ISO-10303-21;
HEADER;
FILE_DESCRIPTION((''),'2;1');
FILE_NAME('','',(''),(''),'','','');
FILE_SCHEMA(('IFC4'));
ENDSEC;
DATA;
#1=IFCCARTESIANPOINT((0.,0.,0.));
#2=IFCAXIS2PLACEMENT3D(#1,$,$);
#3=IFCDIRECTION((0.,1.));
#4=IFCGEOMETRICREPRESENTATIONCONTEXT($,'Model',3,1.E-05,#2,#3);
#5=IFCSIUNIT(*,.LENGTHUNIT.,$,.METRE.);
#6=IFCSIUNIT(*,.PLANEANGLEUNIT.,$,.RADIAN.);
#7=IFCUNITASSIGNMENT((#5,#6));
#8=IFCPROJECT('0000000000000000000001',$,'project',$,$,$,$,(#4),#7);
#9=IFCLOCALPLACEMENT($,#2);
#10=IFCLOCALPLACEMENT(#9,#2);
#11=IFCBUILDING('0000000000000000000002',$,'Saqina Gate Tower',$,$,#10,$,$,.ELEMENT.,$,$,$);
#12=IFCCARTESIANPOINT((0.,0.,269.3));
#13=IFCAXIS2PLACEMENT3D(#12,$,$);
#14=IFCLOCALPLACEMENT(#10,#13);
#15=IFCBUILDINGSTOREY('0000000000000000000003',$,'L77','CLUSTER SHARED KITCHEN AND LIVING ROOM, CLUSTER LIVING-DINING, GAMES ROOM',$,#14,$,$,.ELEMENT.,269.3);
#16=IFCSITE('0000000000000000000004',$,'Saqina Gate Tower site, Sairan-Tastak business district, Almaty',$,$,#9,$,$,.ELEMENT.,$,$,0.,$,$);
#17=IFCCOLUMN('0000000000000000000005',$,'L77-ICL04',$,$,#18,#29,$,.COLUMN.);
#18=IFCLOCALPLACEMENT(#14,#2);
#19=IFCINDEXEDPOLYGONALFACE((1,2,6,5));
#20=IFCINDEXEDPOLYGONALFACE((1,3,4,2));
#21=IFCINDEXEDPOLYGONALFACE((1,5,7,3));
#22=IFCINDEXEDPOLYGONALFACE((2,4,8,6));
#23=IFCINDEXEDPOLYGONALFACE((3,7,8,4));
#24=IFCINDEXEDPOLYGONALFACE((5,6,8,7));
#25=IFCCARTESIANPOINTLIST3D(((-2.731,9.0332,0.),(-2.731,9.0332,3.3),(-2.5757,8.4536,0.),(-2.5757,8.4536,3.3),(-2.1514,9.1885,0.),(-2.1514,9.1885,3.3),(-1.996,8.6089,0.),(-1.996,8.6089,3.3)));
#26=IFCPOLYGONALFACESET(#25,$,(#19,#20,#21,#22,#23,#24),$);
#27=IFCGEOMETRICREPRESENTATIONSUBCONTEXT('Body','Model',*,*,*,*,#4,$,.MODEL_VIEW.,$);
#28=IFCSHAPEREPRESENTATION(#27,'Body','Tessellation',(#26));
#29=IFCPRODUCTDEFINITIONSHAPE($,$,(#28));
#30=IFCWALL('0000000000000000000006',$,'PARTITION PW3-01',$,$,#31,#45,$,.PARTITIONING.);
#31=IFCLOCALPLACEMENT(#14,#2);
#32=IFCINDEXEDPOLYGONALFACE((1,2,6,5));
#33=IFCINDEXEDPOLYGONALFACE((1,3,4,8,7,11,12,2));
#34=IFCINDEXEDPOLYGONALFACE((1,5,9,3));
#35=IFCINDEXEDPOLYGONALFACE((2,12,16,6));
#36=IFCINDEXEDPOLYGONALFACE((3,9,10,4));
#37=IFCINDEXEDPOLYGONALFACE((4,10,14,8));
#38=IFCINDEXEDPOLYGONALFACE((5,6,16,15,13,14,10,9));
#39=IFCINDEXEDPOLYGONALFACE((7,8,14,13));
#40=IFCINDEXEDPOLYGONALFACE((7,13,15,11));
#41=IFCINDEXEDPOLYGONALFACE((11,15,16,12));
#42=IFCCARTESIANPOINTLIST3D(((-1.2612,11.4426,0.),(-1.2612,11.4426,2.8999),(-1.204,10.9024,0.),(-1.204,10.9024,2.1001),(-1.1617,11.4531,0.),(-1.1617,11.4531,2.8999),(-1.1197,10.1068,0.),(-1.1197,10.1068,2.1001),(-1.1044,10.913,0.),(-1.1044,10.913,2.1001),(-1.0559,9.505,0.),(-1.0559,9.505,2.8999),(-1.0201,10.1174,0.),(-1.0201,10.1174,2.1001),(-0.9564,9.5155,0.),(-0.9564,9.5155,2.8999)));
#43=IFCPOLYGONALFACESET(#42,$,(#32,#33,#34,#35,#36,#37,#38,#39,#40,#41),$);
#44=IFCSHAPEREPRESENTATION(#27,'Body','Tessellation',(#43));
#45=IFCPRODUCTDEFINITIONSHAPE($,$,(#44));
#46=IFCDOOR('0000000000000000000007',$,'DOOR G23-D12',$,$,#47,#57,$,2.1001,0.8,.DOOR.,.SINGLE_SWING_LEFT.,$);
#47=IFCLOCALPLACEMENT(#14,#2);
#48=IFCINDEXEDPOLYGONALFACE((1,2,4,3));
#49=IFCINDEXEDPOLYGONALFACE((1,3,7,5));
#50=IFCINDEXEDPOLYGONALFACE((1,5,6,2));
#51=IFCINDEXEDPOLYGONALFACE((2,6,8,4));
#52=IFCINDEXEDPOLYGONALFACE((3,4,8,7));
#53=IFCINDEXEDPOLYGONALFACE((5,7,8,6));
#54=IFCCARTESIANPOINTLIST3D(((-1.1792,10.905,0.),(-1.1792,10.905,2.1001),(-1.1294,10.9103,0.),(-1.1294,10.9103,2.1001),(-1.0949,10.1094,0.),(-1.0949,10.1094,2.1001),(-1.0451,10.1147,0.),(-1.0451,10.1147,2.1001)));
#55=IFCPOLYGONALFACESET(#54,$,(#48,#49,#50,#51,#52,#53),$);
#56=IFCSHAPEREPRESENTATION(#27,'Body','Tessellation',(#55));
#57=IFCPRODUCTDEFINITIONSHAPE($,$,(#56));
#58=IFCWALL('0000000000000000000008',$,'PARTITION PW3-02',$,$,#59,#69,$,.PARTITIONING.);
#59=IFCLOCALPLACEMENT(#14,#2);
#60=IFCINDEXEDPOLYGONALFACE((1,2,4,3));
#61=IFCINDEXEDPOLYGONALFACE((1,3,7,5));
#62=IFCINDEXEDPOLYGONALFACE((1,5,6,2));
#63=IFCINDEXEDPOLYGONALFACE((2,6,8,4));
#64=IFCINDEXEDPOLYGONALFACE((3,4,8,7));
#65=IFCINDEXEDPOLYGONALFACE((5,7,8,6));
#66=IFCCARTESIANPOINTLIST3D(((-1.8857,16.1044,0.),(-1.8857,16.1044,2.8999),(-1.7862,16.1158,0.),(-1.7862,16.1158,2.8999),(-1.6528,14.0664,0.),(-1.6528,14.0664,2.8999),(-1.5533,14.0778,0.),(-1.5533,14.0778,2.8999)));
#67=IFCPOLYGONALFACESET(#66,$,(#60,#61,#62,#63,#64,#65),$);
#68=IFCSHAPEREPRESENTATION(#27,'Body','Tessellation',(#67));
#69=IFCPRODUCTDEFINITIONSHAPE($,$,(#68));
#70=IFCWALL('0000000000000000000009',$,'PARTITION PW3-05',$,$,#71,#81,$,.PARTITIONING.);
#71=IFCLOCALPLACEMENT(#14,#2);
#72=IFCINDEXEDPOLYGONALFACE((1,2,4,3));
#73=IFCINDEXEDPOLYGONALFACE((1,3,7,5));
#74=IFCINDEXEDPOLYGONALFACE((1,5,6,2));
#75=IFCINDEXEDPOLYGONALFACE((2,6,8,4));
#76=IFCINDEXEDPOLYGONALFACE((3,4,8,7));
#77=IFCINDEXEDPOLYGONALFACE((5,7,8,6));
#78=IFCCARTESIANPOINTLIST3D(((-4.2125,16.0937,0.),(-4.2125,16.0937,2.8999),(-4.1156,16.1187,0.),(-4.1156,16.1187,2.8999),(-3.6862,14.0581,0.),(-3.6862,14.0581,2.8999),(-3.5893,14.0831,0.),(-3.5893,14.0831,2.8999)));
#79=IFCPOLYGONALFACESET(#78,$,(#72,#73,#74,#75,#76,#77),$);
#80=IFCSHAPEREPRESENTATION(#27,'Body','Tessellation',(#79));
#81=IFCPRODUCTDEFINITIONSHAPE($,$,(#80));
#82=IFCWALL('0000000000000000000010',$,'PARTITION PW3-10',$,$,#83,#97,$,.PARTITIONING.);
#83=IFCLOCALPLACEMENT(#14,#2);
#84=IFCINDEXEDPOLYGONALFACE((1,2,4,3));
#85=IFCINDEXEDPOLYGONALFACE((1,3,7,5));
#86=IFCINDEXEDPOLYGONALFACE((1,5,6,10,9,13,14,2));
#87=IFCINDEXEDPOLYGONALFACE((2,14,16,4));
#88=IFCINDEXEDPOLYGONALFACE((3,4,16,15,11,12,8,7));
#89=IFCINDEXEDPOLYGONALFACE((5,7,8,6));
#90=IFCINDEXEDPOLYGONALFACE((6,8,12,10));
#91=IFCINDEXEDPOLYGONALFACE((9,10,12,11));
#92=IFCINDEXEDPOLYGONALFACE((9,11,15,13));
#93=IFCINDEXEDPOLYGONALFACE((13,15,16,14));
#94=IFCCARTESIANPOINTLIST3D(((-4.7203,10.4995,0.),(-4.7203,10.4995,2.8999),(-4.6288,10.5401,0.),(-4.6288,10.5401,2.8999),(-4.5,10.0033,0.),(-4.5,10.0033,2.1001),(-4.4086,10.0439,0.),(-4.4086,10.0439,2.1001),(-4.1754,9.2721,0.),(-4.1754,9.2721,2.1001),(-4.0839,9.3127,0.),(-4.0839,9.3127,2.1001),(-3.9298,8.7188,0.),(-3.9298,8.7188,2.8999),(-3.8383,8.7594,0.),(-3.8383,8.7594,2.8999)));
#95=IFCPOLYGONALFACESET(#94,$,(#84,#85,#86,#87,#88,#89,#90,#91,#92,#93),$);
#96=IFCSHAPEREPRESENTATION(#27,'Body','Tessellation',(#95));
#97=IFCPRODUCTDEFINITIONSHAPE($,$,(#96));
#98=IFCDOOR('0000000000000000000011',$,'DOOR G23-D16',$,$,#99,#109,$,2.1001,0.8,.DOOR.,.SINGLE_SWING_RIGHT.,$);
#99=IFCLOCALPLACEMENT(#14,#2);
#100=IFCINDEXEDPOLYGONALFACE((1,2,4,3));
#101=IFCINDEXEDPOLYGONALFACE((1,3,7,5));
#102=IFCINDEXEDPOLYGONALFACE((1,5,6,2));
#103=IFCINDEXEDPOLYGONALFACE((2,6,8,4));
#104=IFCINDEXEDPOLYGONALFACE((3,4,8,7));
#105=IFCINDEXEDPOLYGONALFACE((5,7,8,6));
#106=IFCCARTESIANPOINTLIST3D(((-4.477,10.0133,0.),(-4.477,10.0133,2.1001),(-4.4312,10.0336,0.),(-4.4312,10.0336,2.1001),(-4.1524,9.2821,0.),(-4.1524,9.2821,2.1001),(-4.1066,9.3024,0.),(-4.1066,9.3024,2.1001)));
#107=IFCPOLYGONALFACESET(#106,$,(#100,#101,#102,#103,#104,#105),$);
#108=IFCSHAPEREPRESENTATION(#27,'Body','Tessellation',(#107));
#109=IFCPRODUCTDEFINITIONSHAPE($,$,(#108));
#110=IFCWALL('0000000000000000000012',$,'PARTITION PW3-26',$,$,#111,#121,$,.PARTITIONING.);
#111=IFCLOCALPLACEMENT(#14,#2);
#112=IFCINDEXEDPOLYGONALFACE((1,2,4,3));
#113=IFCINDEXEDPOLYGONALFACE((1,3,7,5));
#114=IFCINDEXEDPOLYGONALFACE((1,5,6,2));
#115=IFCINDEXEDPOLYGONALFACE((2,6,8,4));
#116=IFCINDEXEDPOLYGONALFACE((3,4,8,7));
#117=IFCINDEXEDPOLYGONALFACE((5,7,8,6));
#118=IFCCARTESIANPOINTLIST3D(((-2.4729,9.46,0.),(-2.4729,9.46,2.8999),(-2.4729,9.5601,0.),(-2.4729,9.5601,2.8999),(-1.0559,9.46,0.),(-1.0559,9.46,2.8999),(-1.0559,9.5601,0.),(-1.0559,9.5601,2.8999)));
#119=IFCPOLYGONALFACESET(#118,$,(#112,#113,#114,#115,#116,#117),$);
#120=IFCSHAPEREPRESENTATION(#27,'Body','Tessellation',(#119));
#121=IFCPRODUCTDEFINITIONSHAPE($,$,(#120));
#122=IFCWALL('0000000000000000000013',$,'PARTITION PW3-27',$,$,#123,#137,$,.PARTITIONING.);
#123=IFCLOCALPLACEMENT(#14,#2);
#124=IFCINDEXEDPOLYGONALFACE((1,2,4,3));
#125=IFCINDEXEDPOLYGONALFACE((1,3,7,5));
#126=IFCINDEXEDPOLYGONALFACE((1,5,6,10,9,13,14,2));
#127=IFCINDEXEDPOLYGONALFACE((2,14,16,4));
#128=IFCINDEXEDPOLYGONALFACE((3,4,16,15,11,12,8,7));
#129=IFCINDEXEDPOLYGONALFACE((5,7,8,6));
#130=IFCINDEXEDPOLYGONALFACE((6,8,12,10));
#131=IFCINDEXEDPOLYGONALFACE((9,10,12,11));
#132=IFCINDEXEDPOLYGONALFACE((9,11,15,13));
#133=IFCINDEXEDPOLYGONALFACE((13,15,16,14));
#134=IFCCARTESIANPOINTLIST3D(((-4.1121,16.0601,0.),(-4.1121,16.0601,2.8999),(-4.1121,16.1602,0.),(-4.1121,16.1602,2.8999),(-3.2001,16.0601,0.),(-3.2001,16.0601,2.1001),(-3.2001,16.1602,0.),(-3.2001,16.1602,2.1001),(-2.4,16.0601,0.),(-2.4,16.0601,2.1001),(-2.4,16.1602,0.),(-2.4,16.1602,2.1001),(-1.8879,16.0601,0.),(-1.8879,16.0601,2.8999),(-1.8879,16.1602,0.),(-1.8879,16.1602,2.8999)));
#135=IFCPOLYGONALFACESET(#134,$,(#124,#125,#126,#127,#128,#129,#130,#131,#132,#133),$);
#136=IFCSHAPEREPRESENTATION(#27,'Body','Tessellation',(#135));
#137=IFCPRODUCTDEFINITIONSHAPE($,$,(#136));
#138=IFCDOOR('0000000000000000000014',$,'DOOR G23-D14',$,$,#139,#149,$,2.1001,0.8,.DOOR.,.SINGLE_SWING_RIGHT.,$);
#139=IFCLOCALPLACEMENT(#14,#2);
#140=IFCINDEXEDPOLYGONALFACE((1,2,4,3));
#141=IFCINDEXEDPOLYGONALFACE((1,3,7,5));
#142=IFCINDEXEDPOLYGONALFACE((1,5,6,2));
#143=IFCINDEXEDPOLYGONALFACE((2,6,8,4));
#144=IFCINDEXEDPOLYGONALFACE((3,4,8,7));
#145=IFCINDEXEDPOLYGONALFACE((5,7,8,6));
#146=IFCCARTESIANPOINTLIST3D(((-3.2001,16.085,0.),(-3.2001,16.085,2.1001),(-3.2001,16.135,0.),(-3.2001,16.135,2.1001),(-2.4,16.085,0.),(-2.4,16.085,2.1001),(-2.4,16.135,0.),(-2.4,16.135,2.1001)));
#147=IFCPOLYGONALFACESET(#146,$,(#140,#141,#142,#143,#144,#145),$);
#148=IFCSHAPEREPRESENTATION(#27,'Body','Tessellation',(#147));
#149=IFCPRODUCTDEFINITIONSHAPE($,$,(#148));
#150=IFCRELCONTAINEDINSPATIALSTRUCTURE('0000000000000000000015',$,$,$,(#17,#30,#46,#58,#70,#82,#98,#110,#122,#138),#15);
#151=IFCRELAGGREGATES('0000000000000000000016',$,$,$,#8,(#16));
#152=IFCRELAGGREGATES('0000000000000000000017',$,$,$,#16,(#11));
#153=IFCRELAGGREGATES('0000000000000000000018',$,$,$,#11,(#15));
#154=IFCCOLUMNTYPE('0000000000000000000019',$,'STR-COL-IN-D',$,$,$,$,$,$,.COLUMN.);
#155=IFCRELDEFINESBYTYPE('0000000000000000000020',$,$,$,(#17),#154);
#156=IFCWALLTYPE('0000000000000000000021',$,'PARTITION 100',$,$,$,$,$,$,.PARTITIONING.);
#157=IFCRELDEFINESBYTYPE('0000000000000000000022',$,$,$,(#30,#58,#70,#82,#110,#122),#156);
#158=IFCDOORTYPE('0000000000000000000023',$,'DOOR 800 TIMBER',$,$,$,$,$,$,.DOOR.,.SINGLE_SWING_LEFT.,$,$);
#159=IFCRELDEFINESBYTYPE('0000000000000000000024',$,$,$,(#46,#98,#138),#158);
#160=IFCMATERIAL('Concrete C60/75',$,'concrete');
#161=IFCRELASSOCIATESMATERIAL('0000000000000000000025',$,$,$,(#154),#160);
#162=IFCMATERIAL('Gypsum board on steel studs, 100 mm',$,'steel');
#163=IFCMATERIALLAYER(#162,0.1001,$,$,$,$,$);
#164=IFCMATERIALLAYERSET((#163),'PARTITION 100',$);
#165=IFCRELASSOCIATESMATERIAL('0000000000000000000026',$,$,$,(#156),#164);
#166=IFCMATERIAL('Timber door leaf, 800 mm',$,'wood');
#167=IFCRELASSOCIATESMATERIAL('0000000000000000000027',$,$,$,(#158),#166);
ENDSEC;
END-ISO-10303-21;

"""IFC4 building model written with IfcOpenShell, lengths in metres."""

from ifc_helpers import new_model, si_unit, direction, frame, frame_2d, origin, origin_2d, place, context, subcontext, project, spatial, rectangle, extrude, material, layer, layer_set, material_profile, profile_set, type_object, element, fill, save


model = new_model("IFC4")

# Units and contexts
model_context = context("Model", 3, precision=1e-05, world=origin(), true_north=direction((0.0, 1.0)))
body_context = subcontext(model_context, "Body", "Model", "MODEL_VIEW")
ifc_project = project(units=[si_unit("LENGTHUNIT", "METRE"), si_unit("PLANEANGLEUNIT", "RADIAN")], contexts=[model_context])

# Site, building, storey
site_placement = place(None, origin())
site = spatial("IfcSite", under=ifc_project, at=site_placement, Name="Saqina Gate Tower site, Sairan-Tastak business district, Almaty", CompositionType="ELEMENT", RefElevation=0.0)
building_placement = place(site_placement, origin())
building = spatial("IfcBuilding", under=site, at=building_placement, Name="Saqina Gate Tower", CompositionType="ELEMENT")
storey_placement = place(building_placement, frame((0.0, 0.0, 269.3)))
storey = spatial("IfcBuildingStorey", under=building, at=storey_placement, Name="L77", Description="CLUSTER SHARED KITCHEN AND LIVING ROOM, CLUSTER LIVING-DINING, GAMES ROOM", CompositionType="ELEMENT", Elevation=269.3)

# Column
ifc_material_1 = material(Name="Concrete C60/75", Category="concrete")
ifc_material_profile = material_profile(ifc_material_1, rectangle(XDim=0.6001, YDim=0.6001, at=origin_2d()), Name="RC 600x600")
ifc_profile_set = profile_set([ifc_material_profile], Name="Concrete C60/75")
column_type = type_object("IfcColumnType", Name="STR-COL-IN-D", PredefinedType="COLUMN", material=ifc_profile_set)
column_placement = place(storey_placement, frame((-2.3635, 8.821, 0.0), z_axis=(0.0, 0.0, 1.0), x_axis=(-0.258819, 0.965926, 0.0)))
element("IfcColumn", 1, at=column_placement, inside=storey, type_object=column_type, Name="L77-ICL04", PredefinedType="COLUMN", context=body_context, shape_type="SweptSolid", body=[
    extrude(rectangle(XDim=0.6001, YDim=0.6001, at=origin_2d()), origin(), (0.0, 0.0, 1.0), 3.3),
])

# Wall, opening, door
ifc_material_2 = material(Name="Gypsum board on steel studs, 100 mm", Category="steel")
ifc_layer_1 = layer(ifc_material_2, 0.1001)
ifc_layer_set_1 = layer_set([ifc_layer_1], Name="PARTITION 100")
wall_type_1 = type_object("IfcWallType", Name="PARTITION 100", PredefinedType="PARTITIONING", material=ifc_layer_set_1)
wall_1_placement = place(storey_placement, frame((-1.2114, 11.4478, 0.0), z_axis=(0.0, 0.0, 1.0), x_axis=(0.10537, -0.994433, 0.0)))
wall_1 = element("IfcWall", 2, at=wall_1_placement, inside=storey, type_object=wall_type_1, Name="PARTITION PW3-01", PredefinedType="PARTITIONING", context=body_context, shape_type="SweptSolid", body=[
    extrude(rectangle(XDim=1.9485, YDim=0.1001, at=frame_2d((0.9741, 0.0))), origin(), (0.0, 0.0, 1.0), 2.8999),
])
opening_1_placement = place(wall_1_placement, frame((0.5432, 0.0, 0.0)))
opening_1 = element("IfcOpeningElement", 3, at=opening_1_placement, cuts=wall_1, PredefinedType="OPENING", context=body_context, shape_type="SweptSolid", body=[
    extrude(rectangle(XDim=0.8, YDim=2.1001, at=frame_2d((0.3999, 1.05))), frame((0.0, 0.062, 0.0), z_axis=(0.0, -1.0, 0.0), x_axis=(1.0, 0.0, 0.0)), (0.0, 0.0, 1.0), 0.124),
])
ifc_material_3 = material(Name="Timber door leaf, 800 mm", Category="wood")
door_type_1 = type_object("IfcDoorType", Name="DOOR 800 TIMBER", OperationType="SINGLE_SWING_LEFT", PredefinedType="DOOR", material=ifc_material_3)
door_1_placement = place(opening_1_placement, origin())
door_1 = element("IfcDoor", 4, at=door_1_placement, inside=storey, type_object=door_type_1, Name="DOOR G23-D12", OperationType="SINGLE_SWING_LEFT", OverallHeight=2.1001, OverallWidth=0.8, PredefinedType="DOOR", context=body_context, shape_type="SweptSolid", body=[
    extrude(rectangle(XDim=0.8, YDim=2.1001, at=frame_2d((0.3999, 1.05))), frame((0.0, 0.0249, 0.0), z_axis=(0.0, -1.0, 0.0), x_axis=(1.0, 0.0, 0.0)), (0.0, 0.0, 1.0), 0.05),
])
fill(opening_1, door_1)

# Walls
wall_2_placement = place(storey_placement, frame((-1.8359, 16.1101, 0.0), z_axis=(0.0, 0.0, 1.0), x_axis=(0.11354, -0.993533, 0.0)))
element("IfcWall", 5, at=wall_2_placement, inside=storey, type_object=wall_type_1, Name="PARTITION PW3-02", PredefinedType="PARTITIONING", context=body_context, shape_type="SweptSolid", body=[
    extrude(rectangle(XDim=2.0513, YDim=0.1001, at=frame_2d((1.0256, 0.0))), origin(), (0.0, 0.0, 1.0), 2.8999),
])
wall_3_placement = place(storey_placement, frame((-4.1641, 16.1062, 0.0), z_axis=(0.0, 0.0, 1.0), x_axis=(0.250342, -0.968158, 0.0)))
element("IfcWall", 6, at=wall_3_placement, inside=storey, type_object=wall_type_1, Name="PARTITION PW3-05", PredefinedType="PARTITIONING", context=body_context, shape_type="SweptSolid", body=[
    extrude(rectangle(XDim=2.1025, YDim=0.1001, at=frame_2d((1.0513, 0.0))), origin(), (0.0, 0.0, 1.0), 2.8999),
])

# Wall, opening, door
wall_4_placement = place(storey_placement, frame((-4.6746, 10.5198, 0.0), z_axis=(0.0, 0.0, 1.0), x_axis=(0.405743, -0.913987, 0.0)))
wall_4 = element("IfcWall", 7, at=wall_4_placement, inside=storey, type_object=wall_type_1, Name="PARTITION PW3-10", PredefinedType="PARTITIONING", context=body_context, shape_type="SweptSolid", body=[
    extrude(rectangle(XDim=1.9482, YDim=0.1001, at=frame_2d((0.9741, 0.0))), origin(), (0.0, 0.0, 1.0), 2.8999),
])
opening_2_placement = place(wall_4_placement, frame((0.543, 0.0, 0.0)))
opening_2 = element("IfcOpeningElement", 8, at=opening_2_placement, cuts=wall_4, PredefinedType="OPENING", context=body_context, shape_type="SweptSolid", body=[
    extrude(rectangle(XDim=0.8, YDim=2.1001, at=frame_2d((0.3999, 1.05))), frame((0.0, 0.062, 0.0), z_axis=(0.0, -1.0, 0.0), x_axis=(1.0, 0.0, 0.0)), (0.0, 0.0, 1.0), 0.124),
])
door_2_placement = place(opening_2_placement, frame((0.8, 0.0, 0.0), z_axis=(0.0, 0.0, 1.0), x_axis=(-1.0, 0.0, 0.0)))
door_2 = element("IfcDoor", 9, at=door_2_placement, inside=storey, type_object=door_type_1, Name="DOOR G23-D16", OperationType="SINGLE_SWING_RIGHT", OverallHeight=2.1001, OverallWidth=0.8, PredefinedType="DOOR", context=body_context, shape_type="SweptSolid", body=[
    extrude(rectangle(XDim=0.8, YDim=2.1001, at=frame_2d((0.3999, 1.05))), frame((0.0, 0.0249, 0.0), z_axis=(0.0, -1.0, 0.0), x_axis=(1.0, 0.0, 0.0)), (0.0, 0.0, 1.0), 0.05),
])
fill(opening_2, door_2)

# Wall
wall_5_placement = place(storey_placement, frame((-2.4729, 9.51, 0.0), z_axis=(0.0, 0.0, 1.0), x_axis=(1.0, 0.0, 0.0)))
element("IfcWall", 10, at=wall_5_placement, inside=storey, type_object=wall_type_1, Name="PARTITION PW3-26", PredefinedType="PARTITIONING", context=body_context, shape_type="SweptSolid", body=[
    extrude(rectangle(XDim=1.417, YDim=0.1001, at=frame_2d((0.7085, 0.0))), origin(), (0.0, 0.0, 1.0), 2.8999),
])

# Wall, opening, door
wall_6_placement = place(storey_placement, frame((-4.1121, 16.1101, 0.0), z_axis=(0.0, 0.0, 1.0), x_axis=(1.0, 0.0, 0.0)))
wall_6 = element("IfcWall", 11, at=wall_6_placement, inside=storey, type_object=wall_type_1, Name="PARTITION PW3-27", PredefinedType="PARTITIONING", context=body_context, shape_type="SweptSolid", body=[
    extrude(rectangle(XDim=2.2241, YDim=0.1001, at=frame_2d((1.1121, 0.0))), origin(), (0.0, 0.0, 1.0), 2.8999),
])
opening_3_placement = place(wall_6_placement, frame((0.9121, 0.0, 0.0)))
opening_3 = element("IfcOpeningElement", 12, at=opening_3_placement, cuts=wall_6, PredefinedType="OPENING", context=body_context, shape_type="SweptSolid", body=[
    extrude(rectangle(XDim=0.8, YDim=2.1001, at=frame_2d((0.3999, 1.05))), frame((0.0, 0.062, 0.0), z_axis=(0.0, -1.0, 0.0), x_axis=(1.0, 0.0, 0.0)), (0.0, 0.0, 1.0), 0.124),
])
door_3_placement = place(opening_3_placement, origin())
door_3 = element("IfcDoor", 13, at=door_3_placement, inside=storey, type_object=door_type_1, Name="DOOR G23-D14", OperationType="SINGLE_SWING_RIGHT", OverallHeight=2.1001, OverallWidth=0.8, PredefinedType="DOOR", context=body_context, shape_type="SweptSolid", body=[
    extrude(rectangle(XDim=0.8, YDim=2.1001, at=frame_2d((0.3999, 1.05))), frame((0.0, 0.0249, 0.0), z_axis=(0.0, -1.0, 0.0), x_axis=(1.0, 0.0, 0.0)), (0.0, 0.0, 1.0), 0.05),
])
fill(opening_3, door_3)

save(model, "model.ifc")
